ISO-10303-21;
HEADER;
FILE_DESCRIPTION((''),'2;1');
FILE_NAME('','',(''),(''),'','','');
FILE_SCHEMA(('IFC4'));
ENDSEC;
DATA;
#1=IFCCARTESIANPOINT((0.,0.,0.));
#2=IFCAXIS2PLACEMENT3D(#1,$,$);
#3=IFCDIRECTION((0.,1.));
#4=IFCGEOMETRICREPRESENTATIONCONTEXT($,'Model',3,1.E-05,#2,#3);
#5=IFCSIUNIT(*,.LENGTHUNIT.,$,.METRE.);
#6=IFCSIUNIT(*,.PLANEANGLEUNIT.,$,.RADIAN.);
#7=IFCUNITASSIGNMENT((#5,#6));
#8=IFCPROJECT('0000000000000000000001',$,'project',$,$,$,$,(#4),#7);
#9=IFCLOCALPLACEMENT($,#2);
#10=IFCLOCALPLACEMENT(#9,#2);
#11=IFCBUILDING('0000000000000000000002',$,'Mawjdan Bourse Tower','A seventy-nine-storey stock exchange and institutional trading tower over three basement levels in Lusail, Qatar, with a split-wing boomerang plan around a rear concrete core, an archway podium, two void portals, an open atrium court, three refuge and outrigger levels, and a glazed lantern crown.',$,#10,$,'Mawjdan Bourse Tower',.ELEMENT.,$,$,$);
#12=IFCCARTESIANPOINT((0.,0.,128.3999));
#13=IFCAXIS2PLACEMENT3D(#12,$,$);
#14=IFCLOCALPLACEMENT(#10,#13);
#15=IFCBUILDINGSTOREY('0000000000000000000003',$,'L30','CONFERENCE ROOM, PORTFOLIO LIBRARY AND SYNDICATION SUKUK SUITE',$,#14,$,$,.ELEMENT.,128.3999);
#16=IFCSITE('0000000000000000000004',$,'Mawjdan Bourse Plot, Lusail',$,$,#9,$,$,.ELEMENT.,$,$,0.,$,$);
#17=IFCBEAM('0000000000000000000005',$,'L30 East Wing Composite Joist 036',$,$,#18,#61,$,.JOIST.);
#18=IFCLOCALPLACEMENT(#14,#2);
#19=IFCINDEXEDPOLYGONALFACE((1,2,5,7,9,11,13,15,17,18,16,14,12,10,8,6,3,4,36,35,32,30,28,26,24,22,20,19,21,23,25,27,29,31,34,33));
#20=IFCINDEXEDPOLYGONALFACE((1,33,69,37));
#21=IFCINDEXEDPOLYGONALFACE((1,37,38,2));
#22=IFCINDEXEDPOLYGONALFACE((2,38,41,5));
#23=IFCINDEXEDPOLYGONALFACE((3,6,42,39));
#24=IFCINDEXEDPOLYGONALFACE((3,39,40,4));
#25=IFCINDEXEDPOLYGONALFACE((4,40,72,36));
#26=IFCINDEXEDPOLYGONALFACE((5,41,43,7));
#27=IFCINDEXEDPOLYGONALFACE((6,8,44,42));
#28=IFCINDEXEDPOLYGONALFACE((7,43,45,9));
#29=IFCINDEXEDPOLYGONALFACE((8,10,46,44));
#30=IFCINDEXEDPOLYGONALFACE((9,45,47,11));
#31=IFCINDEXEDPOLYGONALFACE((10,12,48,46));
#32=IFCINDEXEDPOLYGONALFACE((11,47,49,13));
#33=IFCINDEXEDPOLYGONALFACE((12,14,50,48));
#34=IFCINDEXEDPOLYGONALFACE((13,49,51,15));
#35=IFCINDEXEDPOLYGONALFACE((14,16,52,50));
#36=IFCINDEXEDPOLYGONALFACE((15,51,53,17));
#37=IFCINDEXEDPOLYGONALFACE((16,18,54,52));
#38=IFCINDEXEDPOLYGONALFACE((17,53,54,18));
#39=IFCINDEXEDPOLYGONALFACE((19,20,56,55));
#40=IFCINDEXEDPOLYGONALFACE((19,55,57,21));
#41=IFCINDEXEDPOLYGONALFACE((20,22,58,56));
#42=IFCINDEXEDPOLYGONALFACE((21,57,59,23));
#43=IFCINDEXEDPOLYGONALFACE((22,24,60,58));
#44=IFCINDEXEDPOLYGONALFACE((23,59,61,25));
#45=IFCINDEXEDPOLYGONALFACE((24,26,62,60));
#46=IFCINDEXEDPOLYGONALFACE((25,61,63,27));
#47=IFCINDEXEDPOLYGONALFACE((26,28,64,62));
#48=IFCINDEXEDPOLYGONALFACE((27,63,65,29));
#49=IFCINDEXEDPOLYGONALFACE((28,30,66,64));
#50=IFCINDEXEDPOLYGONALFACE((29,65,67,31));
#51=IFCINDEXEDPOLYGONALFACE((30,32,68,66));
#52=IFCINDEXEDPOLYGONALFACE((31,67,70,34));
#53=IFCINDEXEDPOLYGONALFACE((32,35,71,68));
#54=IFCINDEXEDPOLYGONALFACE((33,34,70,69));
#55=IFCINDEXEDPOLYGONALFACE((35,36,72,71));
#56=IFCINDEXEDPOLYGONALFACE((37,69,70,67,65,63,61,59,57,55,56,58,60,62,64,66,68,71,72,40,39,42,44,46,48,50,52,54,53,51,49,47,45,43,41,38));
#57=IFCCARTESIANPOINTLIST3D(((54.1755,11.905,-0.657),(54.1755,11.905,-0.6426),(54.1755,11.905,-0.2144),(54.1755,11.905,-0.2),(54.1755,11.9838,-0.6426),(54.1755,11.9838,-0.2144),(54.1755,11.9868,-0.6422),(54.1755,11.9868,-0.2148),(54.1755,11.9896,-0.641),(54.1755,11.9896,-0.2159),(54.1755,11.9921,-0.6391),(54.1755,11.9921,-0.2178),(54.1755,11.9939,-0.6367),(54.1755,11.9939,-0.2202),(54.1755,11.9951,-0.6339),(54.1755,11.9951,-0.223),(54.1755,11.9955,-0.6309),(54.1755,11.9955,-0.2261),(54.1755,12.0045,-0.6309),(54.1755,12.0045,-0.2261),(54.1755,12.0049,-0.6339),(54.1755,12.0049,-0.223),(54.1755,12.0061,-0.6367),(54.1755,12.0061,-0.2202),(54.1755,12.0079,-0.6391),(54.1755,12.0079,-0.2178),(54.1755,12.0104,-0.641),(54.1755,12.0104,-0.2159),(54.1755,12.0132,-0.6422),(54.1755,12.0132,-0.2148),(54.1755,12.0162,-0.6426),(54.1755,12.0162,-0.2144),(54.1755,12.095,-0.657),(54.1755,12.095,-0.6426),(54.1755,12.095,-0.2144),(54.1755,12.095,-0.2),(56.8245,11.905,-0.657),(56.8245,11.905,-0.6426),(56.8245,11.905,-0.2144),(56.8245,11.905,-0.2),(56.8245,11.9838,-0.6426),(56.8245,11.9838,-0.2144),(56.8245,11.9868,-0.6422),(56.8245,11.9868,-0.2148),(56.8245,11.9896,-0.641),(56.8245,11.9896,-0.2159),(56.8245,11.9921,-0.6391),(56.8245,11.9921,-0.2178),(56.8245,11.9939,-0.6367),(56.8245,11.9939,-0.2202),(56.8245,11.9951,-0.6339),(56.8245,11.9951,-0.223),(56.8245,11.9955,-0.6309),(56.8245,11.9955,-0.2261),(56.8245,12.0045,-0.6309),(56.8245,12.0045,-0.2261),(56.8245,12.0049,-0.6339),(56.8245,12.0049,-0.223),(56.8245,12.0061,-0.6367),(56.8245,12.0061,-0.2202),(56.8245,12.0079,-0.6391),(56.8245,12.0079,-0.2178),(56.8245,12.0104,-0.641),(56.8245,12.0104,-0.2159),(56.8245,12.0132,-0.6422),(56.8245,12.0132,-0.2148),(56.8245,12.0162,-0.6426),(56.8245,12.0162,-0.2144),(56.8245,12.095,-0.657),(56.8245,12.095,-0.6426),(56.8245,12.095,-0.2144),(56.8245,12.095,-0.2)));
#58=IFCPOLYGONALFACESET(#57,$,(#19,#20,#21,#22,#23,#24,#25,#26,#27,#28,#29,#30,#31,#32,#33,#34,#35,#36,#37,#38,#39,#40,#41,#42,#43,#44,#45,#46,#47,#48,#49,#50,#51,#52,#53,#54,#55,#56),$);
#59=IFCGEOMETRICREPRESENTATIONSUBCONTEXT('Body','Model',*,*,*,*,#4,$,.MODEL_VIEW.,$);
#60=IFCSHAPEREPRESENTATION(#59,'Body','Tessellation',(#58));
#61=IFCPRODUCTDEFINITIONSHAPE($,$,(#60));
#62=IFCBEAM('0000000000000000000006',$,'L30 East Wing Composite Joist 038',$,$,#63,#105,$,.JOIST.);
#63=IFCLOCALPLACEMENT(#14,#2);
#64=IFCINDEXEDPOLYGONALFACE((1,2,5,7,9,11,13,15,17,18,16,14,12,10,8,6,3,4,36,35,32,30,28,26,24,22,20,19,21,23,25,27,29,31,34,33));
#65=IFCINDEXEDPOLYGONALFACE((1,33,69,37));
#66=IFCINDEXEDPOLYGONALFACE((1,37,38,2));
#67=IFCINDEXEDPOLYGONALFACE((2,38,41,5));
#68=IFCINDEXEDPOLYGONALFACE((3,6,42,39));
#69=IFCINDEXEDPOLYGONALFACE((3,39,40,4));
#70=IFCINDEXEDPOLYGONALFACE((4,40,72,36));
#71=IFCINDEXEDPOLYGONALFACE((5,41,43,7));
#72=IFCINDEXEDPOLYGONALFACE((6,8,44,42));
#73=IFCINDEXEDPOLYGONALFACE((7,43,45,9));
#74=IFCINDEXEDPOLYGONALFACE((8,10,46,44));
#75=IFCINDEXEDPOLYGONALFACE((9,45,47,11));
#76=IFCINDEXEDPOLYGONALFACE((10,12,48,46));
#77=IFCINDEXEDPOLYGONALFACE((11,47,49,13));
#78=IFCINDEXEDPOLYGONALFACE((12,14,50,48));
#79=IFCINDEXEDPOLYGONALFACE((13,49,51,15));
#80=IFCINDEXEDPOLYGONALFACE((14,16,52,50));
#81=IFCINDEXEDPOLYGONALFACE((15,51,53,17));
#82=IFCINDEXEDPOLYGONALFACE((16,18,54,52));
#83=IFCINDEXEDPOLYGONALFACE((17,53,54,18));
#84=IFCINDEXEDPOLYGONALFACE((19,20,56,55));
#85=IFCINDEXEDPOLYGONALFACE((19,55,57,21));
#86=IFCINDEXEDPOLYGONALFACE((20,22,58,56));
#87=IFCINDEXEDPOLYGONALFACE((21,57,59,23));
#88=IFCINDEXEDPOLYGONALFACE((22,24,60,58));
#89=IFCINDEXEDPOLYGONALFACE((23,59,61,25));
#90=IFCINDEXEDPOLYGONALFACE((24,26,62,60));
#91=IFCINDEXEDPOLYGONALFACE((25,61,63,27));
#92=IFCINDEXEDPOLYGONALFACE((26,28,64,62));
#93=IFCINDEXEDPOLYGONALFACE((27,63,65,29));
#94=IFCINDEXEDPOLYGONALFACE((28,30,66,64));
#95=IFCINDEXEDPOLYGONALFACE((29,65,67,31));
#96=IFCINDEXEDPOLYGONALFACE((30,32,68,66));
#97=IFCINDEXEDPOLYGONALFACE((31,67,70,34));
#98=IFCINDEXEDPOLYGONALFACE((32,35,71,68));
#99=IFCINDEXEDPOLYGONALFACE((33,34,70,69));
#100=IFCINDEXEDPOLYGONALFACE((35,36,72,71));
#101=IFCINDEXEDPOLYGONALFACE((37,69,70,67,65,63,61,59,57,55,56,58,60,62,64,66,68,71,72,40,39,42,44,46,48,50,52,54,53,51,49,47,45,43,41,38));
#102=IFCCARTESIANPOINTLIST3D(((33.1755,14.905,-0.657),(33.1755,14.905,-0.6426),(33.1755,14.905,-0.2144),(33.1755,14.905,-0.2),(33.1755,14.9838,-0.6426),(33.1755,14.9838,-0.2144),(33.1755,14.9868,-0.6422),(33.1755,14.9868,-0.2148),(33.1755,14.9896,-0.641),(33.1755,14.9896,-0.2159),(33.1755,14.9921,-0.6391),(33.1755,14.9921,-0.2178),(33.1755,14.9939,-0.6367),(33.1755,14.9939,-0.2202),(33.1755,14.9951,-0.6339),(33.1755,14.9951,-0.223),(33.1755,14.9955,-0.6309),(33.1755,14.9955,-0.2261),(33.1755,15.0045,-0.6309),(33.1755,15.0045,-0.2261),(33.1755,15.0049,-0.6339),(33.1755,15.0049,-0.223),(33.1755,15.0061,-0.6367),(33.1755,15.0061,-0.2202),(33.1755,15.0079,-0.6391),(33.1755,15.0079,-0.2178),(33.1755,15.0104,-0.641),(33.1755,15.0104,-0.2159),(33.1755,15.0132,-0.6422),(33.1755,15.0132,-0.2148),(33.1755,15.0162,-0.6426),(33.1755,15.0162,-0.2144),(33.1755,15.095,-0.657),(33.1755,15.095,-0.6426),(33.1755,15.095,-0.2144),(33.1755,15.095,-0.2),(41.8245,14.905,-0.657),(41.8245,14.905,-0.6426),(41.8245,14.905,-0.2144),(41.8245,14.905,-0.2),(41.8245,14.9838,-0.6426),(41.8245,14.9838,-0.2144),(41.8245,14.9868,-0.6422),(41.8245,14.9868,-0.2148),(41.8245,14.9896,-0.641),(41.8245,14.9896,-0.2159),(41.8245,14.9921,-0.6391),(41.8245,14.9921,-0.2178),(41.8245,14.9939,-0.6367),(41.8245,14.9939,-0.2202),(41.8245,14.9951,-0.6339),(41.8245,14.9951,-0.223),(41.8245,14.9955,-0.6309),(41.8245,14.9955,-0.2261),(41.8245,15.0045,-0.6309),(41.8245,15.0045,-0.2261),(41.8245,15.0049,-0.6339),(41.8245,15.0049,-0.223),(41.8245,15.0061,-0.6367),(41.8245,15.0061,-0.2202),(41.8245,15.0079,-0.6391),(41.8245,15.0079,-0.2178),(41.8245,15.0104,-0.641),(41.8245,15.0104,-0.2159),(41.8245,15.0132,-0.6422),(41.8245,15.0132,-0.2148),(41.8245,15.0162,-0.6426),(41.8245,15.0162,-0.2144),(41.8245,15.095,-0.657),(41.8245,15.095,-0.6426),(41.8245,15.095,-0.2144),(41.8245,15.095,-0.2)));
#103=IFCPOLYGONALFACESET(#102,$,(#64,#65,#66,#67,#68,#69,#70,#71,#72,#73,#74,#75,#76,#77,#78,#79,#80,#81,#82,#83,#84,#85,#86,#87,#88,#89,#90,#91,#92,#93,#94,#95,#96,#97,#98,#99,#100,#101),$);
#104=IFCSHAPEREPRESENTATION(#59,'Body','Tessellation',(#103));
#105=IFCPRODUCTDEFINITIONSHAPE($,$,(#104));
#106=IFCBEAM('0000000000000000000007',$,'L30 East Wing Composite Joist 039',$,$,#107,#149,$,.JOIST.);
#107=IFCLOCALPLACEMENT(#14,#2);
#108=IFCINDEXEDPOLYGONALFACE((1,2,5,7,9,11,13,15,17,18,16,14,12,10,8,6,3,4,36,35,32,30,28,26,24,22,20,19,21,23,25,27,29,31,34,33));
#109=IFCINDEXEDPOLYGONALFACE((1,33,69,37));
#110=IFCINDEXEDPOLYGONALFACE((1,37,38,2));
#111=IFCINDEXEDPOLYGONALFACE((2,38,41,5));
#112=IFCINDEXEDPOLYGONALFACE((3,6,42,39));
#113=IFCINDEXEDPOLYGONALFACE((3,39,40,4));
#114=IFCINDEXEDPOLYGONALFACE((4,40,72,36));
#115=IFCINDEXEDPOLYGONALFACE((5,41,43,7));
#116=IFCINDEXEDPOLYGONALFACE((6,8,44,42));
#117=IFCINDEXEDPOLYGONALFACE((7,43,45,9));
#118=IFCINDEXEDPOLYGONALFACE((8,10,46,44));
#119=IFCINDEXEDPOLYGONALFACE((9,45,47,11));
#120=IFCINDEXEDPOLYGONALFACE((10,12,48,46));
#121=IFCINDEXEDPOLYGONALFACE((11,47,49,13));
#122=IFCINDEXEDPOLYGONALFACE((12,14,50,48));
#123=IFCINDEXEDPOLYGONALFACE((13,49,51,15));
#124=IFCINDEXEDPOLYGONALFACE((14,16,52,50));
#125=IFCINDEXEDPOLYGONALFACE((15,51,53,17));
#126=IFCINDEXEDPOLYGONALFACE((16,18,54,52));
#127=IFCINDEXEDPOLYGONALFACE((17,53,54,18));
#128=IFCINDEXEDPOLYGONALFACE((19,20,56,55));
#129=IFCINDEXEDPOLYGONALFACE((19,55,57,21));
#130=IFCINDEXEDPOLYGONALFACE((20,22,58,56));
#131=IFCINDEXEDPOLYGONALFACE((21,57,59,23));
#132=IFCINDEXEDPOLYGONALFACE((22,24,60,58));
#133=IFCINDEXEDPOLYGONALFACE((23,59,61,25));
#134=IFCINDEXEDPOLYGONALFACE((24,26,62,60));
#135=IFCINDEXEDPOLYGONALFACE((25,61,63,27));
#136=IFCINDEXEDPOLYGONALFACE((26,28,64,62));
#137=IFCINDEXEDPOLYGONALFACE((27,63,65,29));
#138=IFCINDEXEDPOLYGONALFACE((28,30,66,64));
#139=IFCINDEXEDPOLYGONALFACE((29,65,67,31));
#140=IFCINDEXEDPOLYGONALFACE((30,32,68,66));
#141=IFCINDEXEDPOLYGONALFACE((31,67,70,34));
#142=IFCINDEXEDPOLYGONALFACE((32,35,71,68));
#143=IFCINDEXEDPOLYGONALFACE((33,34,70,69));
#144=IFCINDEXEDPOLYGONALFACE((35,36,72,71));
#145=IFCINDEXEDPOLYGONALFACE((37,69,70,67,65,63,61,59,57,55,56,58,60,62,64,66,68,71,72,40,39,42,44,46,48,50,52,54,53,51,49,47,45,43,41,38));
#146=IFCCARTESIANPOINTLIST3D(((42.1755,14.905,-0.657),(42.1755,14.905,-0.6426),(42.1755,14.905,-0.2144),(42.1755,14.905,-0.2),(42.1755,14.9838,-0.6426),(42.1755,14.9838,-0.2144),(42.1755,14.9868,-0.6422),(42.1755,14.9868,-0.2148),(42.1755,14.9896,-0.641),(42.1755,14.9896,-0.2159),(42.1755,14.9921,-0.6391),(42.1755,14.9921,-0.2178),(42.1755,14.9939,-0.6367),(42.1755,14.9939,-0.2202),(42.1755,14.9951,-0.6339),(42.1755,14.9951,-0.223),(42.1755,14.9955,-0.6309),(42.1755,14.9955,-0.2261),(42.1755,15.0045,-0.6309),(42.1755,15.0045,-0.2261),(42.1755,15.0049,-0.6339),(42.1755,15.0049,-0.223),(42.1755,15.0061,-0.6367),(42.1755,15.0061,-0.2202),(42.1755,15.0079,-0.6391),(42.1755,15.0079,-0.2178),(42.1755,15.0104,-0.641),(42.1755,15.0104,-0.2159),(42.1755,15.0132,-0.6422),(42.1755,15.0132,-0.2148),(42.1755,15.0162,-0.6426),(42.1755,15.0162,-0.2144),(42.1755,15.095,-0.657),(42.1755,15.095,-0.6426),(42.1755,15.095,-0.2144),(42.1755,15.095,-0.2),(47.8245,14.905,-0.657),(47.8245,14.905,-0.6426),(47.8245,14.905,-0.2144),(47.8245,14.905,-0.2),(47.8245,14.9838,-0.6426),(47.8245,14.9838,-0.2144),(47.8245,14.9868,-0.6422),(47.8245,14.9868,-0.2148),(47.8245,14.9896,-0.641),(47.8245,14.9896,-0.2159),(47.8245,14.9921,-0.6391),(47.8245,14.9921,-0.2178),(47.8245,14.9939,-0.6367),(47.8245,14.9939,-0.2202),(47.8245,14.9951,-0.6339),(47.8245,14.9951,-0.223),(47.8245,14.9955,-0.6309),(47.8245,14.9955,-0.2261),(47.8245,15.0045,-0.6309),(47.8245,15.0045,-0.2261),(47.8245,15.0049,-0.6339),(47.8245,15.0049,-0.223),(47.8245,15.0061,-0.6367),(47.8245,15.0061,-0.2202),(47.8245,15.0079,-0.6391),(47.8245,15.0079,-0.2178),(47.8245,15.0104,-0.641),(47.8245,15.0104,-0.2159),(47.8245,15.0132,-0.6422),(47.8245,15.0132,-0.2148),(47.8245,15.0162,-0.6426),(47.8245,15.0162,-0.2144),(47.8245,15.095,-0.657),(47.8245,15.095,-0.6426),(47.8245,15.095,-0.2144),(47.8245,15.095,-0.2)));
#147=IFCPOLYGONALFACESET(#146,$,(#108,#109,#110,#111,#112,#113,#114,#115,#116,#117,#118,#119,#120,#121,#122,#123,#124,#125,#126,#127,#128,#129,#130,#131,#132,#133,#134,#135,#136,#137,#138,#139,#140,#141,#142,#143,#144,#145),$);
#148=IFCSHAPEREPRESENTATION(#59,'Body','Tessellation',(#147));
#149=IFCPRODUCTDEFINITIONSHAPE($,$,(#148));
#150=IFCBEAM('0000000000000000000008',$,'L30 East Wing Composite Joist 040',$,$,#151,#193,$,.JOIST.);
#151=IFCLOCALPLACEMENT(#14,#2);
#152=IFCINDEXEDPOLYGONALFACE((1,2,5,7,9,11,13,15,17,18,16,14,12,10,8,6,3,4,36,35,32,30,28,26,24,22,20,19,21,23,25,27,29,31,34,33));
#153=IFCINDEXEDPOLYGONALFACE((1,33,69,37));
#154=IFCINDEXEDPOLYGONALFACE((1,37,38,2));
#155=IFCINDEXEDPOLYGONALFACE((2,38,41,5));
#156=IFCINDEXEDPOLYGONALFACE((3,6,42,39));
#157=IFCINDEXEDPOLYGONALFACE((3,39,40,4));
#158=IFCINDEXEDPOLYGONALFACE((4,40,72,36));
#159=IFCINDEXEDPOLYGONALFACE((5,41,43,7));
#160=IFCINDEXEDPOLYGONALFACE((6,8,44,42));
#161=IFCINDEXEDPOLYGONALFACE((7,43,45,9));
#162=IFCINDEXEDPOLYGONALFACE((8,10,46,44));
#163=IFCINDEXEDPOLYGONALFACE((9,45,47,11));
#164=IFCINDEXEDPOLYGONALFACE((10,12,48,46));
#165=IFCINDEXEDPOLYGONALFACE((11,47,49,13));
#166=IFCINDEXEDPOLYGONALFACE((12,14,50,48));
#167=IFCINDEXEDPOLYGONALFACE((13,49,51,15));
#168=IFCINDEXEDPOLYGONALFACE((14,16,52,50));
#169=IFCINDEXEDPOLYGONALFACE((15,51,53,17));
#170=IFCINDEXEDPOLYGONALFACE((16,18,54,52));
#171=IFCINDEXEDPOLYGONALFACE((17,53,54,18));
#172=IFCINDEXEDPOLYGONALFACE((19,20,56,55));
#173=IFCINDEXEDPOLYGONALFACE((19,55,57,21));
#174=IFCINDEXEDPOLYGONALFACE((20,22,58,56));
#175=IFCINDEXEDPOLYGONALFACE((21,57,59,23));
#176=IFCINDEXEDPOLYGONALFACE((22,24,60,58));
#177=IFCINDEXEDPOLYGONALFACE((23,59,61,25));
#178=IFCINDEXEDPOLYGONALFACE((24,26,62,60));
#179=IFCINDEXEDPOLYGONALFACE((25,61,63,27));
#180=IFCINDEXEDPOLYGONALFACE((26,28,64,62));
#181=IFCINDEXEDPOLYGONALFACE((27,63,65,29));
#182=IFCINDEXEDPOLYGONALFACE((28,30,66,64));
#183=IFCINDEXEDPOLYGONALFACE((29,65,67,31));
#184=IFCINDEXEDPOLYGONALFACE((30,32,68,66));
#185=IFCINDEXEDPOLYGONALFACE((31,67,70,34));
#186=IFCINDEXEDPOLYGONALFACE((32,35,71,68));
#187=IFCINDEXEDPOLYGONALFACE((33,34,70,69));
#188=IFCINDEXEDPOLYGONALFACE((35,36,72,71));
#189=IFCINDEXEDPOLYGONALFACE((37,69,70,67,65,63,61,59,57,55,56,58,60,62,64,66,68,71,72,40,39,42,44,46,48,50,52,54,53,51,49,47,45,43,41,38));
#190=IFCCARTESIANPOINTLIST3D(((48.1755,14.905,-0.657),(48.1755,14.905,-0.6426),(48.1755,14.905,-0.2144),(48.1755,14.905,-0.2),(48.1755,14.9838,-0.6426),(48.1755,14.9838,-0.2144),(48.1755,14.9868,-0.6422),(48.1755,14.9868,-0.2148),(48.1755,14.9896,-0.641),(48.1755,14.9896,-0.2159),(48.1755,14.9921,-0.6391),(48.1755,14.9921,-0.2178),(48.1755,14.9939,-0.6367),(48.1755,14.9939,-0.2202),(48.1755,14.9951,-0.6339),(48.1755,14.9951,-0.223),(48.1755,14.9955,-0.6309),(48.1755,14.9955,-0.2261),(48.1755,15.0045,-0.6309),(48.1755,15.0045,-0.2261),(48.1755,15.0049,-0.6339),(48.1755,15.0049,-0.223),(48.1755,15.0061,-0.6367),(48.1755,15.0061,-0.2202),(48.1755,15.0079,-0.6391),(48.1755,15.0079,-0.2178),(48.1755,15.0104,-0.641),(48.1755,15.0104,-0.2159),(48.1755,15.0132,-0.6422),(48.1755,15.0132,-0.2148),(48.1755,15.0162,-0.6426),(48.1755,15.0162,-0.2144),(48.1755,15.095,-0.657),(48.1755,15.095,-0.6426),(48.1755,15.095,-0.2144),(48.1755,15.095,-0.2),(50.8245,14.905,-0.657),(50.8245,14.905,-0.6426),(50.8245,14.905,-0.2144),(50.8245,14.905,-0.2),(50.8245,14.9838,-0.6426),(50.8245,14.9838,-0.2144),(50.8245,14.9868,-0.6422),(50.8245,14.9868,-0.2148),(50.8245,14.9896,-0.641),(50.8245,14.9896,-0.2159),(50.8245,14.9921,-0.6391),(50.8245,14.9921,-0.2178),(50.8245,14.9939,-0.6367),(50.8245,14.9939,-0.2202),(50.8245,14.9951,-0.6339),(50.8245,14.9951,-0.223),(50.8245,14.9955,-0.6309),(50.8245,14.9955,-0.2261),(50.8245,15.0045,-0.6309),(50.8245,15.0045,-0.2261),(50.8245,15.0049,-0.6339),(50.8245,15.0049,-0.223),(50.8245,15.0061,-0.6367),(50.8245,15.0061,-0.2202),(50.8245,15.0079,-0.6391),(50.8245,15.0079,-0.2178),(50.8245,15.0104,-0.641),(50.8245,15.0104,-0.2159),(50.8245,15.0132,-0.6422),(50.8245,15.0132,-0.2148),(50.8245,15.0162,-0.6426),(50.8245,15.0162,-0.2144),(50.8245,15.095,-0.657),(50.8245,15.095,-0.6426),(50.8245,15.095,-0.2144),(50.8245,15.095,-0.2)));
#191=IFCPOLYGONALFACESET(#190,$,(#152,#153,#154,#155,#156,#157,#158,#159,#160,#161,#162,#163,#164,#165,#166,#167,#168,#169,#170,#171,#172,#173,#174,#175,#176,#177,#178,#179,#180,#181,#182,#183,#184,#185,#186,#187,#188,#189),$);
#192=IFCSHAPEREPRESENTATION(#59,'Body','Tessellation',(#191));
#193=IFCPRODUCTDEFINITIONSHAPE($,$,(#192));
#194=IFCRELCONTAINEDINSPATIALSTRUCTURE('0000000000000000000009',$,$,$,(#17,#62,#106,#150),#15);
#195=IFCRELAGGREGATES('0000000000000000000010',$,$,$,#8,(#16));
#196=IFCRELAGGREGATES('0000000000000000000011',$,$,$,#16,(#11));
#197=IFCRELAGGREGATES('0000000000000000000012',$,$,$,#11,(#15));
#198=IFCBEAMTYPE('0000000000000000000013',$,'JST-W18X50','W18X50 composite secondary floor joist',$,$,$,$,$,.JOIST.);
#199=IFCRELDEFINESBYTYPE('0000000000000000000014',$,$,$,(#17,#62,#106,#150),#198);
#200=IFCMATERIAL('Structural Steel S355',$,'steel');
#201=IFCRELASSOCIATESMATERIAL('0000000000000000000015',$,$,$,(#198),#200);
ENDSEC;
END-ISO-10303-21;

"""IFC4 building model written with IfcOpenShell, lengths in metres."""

from ifc_helpers import new_model, si_unit, direction, frame, origin, origin_2d, place, context, subcontext, project, spatial, i_section, extrude, material, material_profile, profile_set, type_object, element, save


model = new_model("IFC4")

# Units and contexts
model_context = context("Model", 3, precision=1e-05, world=origin(), true_north=direction((0.0, 1.0)))
body_context = subcontext(model_context, "Body", "Model", "MODEL_VIEW")
ifc_project = project(units=[si_unit("LENGTHUNIT", "METRE"), si_unit("PLANEANGLEUNIT", "RADIAN")], contexts=[model_context])

# Site, building, storey
site_placement = place(None, origin())
site = spatial("IfcSite", under=ifc_project, at=site_placement, Name="Mawjdan Bourse Plot, Lusail", CompositionType="ELEMENT", RefElevation=0.0)
building_placement = place(site_placement, origin())
building = spatial("IfcBuilding", under=site, at=building_placement, Name="Mawjdan Bourse Tower", Description="A seventy-nine-storey stock exchange and institutional trading tower over three basement levels in Lusail, Qatar, with a split-wing boomerang plan around a rear concrete core, an archway podium, two void portals, an open atrium court, three refuge and outrigger levels, and a glazed lantern crown.", LongName="Mawjdan Bourse Tower", CompositionType="ELEMENT")
storey_placement = place(building_placement, frame((0.0, 0.0, 128.3999)))
storey = spatial("IfcBuildingStorey", under=building, at=storey_placement, Name="L30", Description="CONFERENCE ROOM, PORTFOLIO LIBRARY AND SYNDICATION SUKUK SUITE", CompositionType="ELEMENT", Elevation=128.3999)

# Beams
ifc_material_1 = material(Name="Structural Steel S355", Category="steel")
ifc_material_profile_1 = material_profile(ifc_material_1, i_section(OverallWidth=0.1899, OverallDepth=0.457, WebThickness=0.009, FlangeThickness=0.0144, FilletRadius=0.0117, at=origin_2d()), Name="W18X50")
ifc_profile_set_1 = profile_set([ifc_material_profile_1], Name="Structural Steel S355")
beam_type_1 = type_object("IfcBeamType", Name="JST-W18X50", Description="W18X50 composite secondary floor joist", PredefinedType="JOIST", material=ifc_profile_set_1)
for number, where, z_axis, x_axis, name in (
    (1, (54.1755, 12.0, -0.4285), (1.0, 0.0, 0.0), (0.0, 1.0, 0.0), "L30 East Wing Composite Joist 036"),
):
    element("IfcBeam", number, at=place(storey_placement, frame(where, z_axis=z_axis, x_axis=x_axis)), inside=storey, type_object=beam_type_1, Name=name, PredefinedType="JOIST", context=body_context, shape_type="SweptSolid", body=[
        extrude(i_section(OverallWidth=0.1899, OverallDepth=0.457, WebThickness=0.009, FlangeThickness=0.0144, FilletRadius=0.0117, at=origin_2d()), origin(), (0.0, 0.0, 1.0), 2.6489),
    ])
beam_1_placement = place(storey_placement, frame((33.1755, 15.0, -0.4285), z_axis=(1.0, 0.0, 0.0), x_axis=(0.0, 1.0, 0.0)))
element("IfcBeam", 2, at=beam_1_placement, inside=storey, type_object=beam_type_1, Name="L30 East Wing Composite Joist 038", PredefinedType="JOIST", context=body_context, shape_type="SweptSolid", body=[
    extrude(i_section(OverallWidth=0.1899, OverallDepth=0.457, WebThickness=0.009, FlangeThickness=0.0144, FilletRadius=0.0117, at=origin_2d()), origin(), (0.0, 0.0, 1.0), 8.6489),
])
beam_2_placement = place(storey_placement, frame((42.1755, 15.0, -0.4285), z_axis=(1.0, 0.0, 0.0), x_axis=(0.0, 1.0, 0.0)))
element("IfcBeam", 3, at=beam_2_placement, inside=storey, type_object=beam_type_1, Name="L30 East Wing Composite Joist 039", PredefinedType="JOIST", context=body_context, shape_type="SweptSolid", body=[
    extrude(i_section(OverallWidth=0.1899, OverallDepth=0.457, WebThickness=0.009, FlangeThickness=0.0144, FilletRadius=0.0117, at=origin_2d()), origin(), (0.0, 0.0, 1.0), 5.6489),
])
for number, where, z_axis, x_axis, name in (
    (4, (48.1755, 15.0, -0.4285), (1.0, 0.0, 0.0), (0.0, 1.0, 0.0), "L30 East Wing Composite Joist 040"),
):
    element("IfcBeam", number, at=place(storey_placement, frame(where, z_axis=z_axis, x_axis=x_axis)), inside=storey, type_object=beam_type_1, Name=name, PredefinedType="JOIST", context=body_context, shape_type="SweptSolid", body=[
        extrude(i_section(OverallWidth=0.1899, OverallDepth=0.457, WebThickness=0.009, FlangeThickness=0.0144, FilletRadius=0.0117, at=origin_2d()), origin(), (0.0, 0.0, 1.0), 2.6489),
    ])

save(model, "model.ifc")
